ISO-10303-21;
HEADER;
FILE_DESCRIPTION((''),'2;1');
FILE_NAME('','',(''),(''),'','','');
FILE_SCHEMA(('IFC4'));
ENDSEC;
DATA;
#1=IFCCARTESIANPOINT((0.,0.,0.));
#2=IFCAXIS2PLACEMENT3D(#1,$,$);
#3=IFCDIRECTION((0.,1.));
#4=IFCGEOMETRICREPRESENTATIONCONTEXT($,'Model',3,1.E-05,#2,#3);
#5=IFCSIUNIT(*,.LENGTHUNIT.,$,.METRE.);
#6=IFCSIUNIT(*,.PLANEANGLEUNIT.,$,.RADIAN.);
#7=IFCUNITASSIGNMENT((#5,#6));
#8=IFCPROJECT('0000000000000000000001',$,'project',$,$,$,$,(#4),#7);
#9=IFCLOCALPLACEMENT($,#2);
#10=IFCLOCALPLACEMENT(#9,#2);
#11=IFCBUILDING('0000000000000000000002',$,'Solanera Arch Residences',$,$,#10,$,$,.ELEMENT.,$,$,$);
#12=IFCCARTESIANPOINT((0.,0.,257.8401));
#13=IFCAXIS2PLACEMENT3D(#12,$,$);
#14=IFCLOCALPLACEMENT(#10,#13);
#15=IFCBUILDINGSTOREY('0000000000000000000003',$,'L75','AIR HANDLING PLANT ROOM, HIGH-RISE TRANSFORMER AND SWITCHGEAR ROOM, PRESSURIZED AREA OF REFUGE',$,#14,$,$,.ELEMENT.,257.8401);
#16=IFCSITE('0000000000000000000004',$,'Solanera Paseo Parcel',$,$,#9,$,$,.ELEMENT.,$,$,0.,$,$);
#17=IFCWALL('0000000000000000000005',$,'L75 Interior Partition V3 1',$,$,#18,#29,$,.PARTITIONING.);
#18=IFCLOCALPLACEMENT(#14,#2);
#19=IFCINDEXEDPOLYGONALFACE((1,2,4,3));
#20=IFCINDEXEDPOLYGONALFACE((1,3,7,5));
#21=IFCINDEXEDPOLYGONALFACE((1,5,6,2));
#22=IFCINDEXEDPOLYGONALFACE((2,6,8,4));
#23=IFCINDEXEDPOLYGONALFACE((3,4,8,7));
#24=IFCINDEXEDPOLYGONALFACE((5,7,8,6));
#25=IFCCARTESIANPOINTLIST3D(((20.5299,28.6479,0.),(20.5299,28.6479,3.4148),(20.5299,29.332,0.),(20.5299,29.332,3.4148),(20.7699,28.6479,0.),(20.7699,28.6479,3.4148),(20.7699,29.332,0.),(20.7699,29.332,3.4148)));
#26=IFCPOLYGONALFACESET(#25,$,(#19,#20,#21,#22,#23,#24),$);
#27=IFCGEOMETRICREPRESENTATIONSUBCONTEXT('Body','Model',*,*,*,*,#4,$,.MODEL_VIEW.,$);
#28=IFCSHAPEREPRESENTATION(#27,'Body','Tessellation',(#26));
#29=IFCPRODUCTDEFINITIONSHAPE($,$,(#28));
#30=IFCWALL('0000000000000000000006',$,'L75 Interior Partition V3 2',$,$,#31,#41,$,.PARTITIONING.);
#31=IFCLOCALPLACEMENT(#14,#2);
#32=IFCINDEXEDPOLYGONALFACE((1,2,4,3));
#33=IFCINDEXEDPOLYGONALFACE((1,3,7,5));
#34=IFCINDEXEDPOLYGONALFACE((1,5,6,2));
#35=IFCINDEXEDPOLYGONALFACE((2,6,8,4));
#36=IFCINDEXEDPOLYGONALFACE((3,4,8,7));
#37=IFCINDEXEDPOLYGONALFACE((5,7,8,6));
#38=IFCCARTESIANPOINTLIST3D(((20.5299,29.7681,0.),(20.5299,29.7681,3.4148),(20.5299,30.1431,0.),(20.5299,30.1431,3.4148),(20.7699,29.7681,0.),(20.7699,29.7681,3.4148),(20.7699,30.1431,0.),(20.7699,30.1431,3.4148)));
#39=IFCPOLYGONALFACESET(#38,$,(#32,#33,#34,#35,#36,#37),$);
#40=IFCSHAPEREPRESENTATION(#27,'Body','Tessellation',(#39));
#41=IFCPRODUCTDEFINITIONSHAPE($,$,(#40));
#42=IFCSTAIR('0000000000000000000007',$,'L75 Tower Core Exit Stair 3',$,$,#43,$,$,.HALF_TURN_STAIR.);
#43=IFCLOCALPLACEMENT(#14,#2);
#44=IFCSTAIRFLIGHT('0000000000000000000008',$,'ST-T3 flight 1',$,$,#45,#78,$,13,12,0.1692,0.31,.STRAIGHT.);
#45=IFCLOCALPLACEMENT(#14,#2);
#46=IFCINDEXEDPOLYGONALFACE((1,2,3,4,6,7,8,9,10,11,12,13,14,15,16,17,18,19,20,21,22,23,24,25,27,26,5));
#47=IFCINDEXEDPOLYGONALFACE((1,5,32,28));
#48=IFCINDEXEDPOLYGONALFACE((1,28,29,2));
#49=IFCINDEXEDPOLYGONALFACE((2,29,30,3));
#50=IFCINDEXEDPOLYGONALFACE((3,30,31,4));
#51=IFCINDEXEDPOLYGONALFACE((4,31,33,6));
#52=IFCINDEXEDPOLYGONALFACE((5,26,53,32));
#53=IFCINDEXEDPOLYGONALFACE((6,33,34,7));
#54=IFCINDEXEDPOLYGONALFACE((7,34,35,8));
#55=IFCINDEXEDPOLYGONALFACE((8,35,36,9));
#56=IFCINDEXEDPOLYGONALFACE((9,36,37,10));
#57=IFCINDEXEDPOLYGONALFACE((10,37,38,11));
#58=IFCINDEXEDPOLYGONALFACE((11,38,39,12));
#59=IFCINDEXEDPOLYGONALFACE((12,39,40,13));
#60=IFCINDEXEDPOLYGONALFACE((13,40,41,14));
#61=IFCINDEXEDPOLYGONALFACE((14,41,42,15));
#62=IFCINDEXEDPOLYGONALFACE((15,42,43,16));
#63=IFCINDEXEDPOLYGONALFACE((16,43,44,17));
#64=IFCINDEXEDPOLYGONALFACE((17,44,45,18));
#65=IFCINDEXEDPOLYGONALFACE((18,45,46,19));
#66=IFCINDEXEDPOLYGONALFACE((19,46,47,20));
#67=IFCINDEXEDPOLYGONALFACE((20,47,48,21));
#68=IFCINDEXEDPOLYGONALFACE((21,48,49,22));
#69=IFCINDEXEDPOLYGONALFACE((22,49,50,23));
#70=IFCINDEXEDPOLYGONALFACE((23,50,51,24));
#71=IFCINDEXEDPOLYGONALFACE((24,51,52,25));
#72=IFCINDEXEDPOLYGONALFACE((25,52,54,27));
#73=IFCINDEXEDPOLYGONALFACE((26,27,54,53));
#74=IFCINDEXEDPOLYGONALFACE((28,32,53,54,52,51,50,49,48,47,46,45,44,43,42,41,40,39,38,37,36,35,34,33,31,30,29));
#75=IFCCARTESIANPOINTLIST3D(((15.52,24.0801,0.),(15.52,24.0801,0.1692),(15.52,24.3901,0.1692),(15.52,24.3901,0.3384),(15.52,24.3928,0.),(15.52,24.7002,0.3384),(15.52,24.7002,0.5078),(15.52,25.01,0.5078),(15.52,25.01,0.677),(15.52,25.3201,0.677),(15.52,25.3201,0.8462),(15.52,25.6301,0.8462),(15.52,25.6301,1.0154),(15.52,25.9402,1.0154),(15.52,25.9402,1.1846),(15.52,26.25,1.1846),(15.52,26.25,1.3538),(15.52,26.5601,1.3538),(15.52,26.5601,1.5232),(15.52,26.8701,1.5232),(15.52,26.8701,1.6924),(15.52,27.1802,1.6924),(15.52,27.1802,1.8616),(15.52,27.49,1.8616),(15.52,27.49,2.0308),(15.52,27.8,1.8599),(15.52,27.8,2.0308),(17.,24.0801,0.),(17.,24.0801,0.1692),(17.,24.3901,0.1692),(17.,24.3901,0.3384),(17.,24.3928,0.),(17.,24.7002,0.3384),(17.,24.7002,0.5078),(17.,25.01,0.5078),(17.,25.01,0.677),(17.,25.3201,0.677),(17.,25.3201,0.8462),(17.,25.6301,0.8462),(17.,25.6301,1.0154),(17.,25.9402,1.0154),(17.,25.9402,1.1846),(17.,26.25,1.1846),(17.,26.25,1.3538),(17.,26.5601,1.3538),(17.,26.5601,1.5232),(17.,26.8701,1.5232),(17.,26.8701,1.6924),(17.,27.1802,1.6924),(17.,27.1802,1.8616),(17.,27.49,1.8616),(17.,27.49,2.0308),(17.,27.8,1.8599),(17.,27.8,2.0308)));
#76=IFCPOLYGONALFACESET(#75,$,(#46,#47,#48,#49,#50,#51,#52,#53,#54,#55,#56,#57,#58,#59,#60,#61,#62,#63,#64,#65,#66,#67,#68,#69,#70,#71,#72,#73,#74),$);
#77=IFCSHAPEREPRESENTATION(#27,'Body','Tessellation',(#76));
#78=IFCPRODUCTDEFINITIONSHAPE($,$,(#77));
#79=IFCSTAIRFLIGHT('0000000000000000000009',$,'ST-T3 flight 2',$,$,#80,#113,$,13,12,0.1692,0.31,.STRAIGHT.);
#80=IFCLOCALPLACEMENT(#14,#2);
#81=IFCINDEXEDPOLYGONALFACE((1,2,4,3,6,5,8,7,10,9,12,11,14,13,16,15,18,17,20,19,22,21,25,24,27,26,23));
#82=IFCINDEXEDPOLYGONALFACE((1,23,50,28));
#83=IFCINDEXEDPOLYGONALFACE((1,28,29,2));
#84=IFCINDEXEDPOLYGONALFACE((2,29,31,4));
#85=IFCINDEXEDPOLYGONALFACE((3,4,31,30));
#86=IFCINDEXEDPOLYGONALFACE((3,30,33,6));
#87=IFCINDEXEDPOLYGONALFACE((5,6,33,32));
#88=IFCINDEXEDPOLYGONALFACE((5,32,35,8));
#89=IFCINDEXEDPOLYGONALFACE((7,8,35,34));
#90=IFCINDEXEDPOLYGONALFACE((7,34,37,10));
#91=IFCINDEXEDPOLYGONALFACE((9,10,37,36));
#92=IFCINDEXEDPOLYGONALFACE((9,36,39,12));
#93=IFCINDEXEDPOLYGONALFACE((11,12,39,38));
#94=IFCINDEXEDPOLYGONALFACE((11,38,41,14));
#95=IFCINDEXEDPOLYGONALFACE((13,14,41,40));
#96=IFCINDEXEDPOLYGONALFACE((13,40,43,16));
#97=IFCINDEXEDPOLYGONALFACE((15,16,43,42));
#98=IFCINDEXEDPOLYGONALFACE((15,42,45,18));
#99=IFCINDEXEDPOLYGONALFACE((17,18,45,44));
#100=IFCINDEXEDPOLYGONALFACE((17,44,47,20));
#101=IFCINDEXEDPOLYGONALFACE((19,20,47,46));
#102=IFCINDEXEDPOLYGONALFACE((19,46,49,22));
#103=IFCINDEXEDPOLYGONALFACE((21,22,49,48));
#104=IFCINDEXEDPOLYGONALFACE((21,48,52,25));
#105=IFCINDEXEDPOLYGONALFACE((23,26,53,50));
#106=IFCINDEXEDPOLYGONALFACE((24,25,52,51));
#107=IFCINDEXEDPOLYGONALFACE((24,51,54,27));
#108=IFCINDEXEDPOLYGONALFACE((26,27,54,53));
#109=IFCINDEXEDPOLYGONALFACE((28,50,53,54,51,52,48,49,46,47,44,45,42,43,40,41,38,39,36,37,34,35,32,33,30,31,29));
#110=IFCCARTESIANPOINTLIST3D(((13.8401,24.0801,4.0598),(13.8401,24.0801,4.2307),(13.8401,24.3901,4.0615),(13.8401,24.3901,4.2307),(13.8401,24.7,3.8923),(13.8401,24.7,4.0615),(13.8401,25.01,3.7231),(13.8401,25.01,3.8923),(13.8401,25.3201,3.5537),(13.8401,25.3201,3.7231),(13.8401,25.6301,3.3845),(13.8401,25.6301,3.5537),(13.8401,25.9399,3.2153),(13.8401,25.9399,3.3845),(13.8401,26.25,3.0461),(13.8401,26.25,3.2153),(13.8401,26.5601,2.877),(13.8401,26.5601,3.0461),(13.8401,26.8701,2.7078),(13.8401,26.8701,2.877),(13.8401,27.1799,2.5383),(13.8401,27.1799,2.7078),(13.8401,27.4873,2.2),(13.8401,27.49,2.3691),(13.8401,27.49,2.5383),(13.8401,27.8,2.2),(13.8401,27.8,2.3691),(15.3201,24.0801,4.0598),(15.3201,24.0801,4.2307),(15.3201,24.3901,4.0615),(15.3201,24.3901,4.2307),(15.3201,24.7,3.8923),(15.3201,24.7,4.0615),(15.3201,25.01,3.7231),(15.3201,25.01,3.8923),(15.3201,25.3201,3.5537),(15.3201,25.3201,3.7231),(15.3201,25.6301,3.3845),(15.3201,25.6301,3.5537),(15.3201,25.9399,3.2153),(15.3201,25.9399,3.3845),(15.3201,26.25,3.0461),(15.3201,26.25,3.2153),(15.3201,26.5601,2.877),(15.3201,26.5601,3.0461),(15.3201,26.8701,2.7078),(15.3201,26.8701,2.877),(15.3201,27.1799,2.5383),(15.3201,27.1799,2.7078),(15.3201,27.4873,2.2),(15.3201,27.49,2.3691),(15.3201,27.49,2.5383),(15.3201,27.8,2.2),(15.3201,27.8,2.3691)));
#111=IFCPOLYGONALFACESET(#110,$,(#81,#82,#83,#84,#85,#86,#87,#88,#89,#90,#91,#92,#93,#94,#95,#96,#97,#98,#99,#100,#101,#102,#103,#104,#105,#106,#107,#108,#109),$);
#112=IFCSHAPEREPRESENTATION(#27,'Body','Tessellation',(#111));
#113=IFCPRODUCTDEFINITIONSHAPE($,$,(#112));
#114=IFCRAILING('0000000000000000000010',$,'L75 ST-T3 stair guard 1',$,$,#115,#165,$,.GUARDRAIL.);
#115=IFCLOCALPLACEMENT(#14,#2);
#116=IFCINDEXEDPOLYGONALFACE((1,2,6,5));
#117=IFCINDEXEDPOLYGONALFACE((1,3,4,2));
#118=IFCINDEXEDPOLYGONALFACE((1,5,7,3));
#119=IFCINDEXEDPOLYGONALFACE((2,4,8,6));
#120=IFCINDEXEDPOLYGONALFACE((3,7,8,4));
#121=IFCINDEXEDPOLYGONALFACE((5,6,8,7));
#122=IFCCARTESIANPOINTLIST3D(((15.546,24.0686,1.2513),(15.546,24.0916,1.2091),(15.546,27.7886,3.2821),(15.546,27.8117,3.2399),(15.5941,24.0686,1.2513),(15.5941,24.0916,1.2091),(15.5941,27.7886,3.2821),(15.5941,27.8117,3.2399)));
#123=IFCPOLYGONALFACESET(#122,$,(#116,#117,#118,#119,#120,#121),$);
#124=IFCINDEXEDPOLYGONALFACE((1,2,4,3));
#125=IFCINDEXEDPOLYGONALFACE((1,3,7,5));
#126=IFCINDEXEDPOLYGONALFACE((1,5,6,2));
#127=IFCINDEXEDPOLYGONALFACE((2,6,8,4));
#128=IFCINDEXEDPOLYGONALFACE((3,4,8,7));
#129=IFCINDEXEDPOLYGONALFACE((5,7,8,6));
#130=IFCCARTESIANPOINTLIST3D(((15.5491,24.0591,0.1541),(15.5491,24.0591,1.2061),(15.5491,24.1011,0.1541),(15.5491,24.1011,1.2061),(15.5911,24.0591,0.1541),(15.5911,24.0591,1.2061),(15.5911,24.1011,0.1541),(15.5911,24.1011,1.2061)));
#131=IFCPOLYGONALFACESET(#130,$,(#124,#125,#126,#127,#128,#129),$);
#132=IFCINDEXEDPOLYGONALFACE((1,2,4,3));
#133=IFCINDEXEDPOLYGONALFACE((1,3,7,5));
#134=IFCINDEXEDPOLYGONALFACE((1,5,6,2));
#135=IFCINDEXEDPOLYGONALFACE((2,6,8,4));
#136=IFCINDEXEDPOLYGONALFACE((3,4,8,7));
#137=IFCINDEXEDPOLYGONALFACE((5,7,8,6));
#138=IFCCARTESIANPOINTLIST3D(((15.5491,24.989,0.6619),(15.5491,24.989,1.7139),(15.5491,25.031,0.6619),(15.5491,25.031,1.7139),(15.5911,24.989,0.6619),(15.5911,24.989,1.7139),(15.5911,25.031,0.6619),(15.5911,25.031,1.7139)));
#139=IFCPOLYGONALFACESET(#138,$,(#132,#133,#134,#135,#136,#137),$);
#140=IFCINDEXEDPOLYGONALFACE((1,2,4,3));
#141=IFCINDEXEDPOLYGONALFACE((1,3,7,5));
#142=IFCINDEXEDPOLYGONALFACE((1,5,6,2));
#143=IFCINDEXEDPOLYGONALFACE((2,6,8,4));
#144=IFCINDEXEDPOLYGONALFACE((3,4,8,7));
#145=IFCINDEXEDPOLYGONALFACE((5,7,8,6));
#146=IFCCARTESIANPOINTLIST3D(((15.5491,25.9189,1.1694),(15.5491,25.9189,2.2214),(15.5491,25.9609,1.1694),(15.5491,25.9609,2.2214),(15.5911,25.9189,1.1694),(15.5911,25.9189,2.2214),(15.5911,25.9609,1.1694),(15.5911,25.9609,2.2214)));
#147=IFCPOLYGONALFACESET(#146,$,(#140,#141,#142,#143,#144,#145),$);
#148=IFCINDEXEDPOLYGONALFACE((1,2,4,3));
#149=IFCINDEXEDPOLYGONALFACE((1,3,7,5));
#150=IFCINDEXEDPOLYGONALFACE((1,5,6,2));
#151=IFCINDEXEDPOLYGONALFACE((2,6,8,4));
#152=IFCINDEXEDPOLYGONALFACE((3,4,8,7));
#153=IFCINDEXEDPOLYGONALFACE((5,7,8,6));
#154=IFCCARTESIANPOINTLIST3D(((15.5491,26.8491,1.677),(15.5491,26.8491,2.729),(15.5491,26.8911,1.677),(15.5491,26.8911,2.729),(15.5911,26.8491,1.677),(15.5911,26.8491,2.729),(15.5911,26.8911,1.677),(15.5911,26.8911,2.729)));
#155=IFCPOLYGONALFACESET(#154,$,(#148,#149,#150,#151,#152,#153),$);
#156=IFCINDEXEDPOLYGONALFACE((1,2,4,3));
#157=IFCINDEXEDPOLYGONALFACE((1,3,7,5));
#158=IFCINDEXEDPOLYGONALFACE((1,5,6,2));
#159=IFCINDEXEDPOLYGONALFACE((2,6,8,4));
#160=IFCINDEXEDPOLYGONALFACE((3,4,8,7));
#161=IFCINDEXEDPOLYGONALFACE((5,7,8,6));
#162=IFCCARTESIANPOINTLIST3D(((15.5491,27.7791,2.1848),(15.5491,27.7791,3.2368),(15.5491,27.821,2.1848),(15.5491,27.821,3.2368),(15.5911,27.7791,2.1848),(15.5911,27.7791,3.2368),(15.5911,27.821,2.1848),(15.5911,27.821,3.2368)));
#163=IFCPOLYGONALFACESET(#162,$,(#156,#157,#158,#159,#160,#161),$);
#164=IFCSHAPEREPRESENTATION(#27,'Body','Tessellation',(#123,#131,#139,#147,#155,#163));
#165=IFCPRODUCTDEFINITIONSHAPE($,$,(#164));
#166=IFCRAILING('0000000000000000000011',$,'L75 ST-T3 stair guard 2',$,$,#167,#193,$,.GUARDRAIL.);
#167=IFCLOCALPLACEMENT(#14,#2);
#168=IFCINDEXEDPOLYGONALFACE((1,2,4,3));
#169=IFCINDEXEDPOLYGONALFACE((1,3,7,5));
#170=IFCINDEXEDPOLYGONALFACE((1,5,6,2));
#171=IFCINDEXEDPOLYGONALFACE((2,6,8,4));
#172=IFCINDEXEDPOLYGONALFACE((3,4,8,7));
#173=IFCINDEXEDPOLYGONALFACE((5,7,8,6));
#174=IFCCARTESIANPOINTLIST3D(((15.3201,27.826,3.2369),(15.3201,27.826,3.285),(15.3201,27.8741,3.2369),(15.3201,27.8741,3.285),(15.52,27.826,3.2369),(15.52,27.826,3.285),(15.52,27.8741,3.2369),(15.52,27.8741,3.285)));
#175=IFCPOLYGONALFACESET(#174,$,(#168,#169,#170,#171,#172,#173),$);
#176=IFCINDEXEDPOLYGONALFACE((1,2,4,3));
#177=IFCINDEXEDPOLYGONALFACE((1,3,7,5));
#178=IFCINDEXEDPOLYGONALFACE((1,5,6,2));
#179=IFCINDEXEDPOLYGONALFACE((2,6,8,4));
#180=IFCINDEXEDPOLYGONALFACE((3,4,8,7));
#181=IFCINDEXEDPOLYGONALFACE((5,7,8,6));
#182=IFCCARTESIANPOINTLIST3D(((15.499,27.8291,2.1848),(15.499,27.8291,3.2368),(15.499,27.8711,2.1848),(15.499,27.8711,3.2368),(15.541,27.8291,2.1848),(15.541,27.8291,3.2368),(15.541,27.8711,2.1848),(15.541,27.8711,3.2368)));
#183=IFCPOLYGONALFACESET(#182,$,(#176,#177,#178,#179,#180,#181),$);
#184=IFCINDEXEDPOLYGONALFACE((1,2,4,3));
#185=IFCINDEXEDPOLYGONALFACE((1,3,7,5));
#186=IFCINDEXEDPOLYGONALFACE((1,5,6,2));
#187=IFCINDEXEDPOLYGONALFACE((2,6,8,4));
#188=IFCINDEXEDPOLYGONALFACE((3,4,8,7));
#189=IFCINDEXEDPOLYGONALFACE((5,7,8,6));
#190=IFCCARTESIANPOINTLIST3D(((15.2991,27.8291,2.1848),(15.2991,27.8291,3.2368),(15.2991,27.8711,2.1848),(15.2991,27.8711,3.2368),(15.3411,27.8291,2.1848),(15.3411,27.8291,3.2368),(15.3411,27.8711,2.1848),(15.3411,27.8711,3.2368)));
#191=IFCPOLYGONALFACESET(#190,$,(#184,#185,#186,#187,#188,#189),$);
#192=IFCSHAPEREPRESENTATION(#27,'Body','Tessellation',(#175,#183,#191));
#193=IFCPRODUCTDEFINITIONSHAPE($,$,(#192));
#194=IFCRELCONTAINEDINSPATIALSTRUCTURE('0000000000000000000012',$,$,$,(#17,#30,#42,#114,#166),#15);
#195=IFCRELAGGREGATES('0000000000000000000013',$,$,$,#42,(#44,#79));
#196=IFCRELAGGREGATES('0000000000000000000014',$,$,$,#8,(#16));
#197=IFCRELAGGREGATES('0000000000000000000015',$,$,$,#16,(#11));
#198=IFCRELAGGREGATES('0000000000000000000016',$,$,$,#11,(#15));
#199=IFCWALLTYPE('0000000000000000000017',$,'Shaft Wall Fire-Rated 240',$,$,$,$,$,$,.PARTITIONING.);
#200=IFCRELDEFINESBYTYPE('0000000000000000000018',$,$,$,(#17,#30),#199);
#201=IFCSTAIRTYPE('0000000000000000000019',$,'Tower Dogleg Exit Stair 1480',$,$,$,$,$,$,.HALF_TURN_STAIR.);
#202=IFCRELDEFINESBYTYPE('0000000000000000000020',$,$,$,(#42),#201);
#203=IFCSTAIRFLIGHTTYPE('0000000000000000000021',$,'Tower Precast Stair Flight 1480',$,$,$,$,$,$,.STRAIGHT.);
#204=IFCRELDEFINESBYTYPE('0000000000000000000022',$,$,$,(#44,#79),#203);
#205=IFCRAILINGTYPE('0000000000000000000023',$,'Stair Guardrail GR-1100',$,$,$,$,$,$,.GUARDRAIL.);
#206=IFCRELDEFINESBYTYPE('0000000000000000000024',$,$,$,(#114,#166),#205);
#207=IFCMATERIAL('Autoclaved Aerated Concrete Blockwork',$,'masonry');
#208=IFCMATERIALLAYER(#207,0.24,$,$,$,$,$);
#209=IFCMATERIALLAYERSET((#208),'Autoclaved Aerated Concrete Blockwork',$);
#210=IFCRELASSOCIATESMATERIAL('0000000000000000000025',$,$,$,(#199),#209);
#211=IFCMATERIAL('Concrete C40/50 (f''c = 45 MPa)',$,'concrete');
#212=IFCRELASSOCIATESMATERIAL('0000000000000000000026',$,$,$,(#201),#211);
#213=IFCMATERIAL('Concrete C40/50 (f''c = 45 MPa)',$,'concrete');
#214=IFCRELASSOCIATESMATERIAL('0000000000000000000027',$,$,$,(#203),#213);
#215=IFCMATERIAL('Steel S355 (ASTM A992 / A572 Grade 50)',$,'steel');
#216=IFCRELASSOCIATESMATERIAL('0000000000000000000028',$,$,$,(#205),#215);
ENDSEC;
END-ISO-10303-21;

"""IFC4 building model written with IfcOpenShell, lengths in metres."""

from ifc_helpers import new_model, si_unit, direction, frame, frame_2d, origin, origin_2d, place, context, subcontext, project, spatial, polyline, rectangle, outline, extrude, material, layer, layer_set, type_object, element, aggregate, save


model = new_model("IFC4")

# Units and contexts
model_context = context("Model", 3, precision=1e-05, world=origin(), true_north=direction((0.0, 1.0)))
body_context = subcontext(model_context, "Body", "Model", "MODEL_VIEW")
ifc_project = project(units=[si_unit("LENGTHUNIT", "METRE"), si_unit("PLANEANGLEUNIT", "RADIAN")], contexts=[model_context])

# Site, building, storey
site_placement = place(None, origin())
site = spatial("IfcSite", under=ifc_project, at=site_placement, Name="Solanera Paseo Parcel", CompositionType="ELEMENT", RefElevation=0.0)
building_placement = place(site_placement, origin())
building = spatial("IfcBuilding", under=site, at=building_placement, Name="Solanera Arch Residences", CompositionType="ELEMENT")
storey_placement = place(building_placement, frame((0.0, 0.0, 257.8401)))
storey = spatial("IfcBuildingStorey", under=building, at=storey_placement, Name="L75", Description="AIR HANDLING PLANT ROOM, HIGH-RISE TRANSFORMER AND SWITCHGEAR ROOM, PRESSURIZED AREA OF REFUGE", CompositionType="ELEMENT", Elevation=257.8401)

# Shared definitions
ifc_material_1 = material(Name="Autoclaved Aerated Concrete Blockwork", Category="masonry")
ifc_layer_1 = layer(ifc_material_1, 0.24)
ifc_layer_set_1 = layer_set([ifc_layer_1], Name="Autoclaved Aerated Concrete Blockwork")
wall_type_1 = type_object("IfcWallType", Name="Shaft Wall Fire-Rated 240", PredefinedType="PARTITIONING", material=ifc_layer_set_1)

# Walls
wall_1_placement = place(storey_placement, frame((20.6499, 28.6479, 0.0), z_axis=(0.0, 0.0, 1.0), x_axis=(0.0, 1.0, 0.0)))
element("IfcWall", 1, at=wall_1_placement, inside=storey, type_object=wall_type_1, Name="L75 Interior Partition V3 1", PredefinedType="PARTITIONING", context=body_context, shape_type="SweptSolid", body=[
    extrude(rectangle(XDim=0.6841, YDim=0.24, at=frame_2d((0.342, 0.0))), origin(), (0.0, 0.0, 1.0), 3.4148),
])
wall_2_placement = place(storey_placement, frame((20.6499, 29.7681, 0.0), z_axis=(0.0, 0.0, 1.0), x_axis=(0.0, 1.0, 0.0)))
element("IfcWall", 2, at=wall_2_placement, inside=storey, type_object=wall_type_1, Name="L75 Interior Partition V3 2", PredefinedType="PARTITIONING", context=body_context, shape_type="SweptSolid", body=[
    extrude(rectangle(XDim=0.375, YDim=0.24, at=frame_2d((0.1875, 0.0))), origin(), (0.0, 0.0, 1.0), 3.4148),
])

# Stair, stair flights
ifc_material_2 = material(Name="Concrete C40/50 (f'c = 45 MPa)", Category="concrete")
stair_type = type_object("IfcStairType", Name="Tower Dogleg Exit Stair 1480", PredefinedType="HALF_TURN_STAIR", material=ifc_material_2)
stair_placement = place(storey_placement, origin())
stair = element("IfcStair", 3, at=stair_placement, inside=storey, type_object=stair_type, Name="L75 Tower Core Exit Stair 3", PredefinedType="HALF_TURN_STAIR")
ifc_material_3 = material(Name="Concrete C40/50 (f'c = 45 MPa)", Category="concrete")
stair_flight_type = type_object("IfcStairFlightType", Name="Tower Precast Stair Flight 1480", PredefinedType="STRAIGHT", material=ifc_material_3)
stair_flight_1_placement = place(storey_placement, frame((16.26, 24.0801, 0.0), z_axis=(0.0, 0.0, 1.0), x_axis=(0.0, 1.0, 0.0)))
stair_flight_1 = element("IfcStairFlight", 4, at=stair_flight_1_placement, type_object=stair_flight_type, Name="ST-T3 flight 1", NumberOfRisers=13, NumberOfTreads=12, PredefinedType="STRAIGHT", RiserHeight=0.1692, TreadLength=0.31, context=body_context, shape_type="SweptSolid", body=[
    extrude(outline(polyline([(0.0, 0.0), (0.0, 0.1692), (0.3101, 0.1692), (0.3101, 0.3384), (0.6201, 0.3384), (0.6201, 0.5078), (0.9299, 0.5078), (0.9299, 0.677), (1.24, 0.677), (1.24, 0.8462), (1.55, 0.8462), (1.55, 1.0154), (1.8601, 1.0154), (1.8601, 1.1846), (2.1699, 1.1846), (2.1699, 1.3538), (2.48, 1.3538), (2.48, 1.5232), (2.79, 1.5232), (2.79, 1.6924), (3.1001, 1.6924), (3.1001, 1.8616), (3.4099, 1.8616), (3.4099, 2.0308), (3.72, 2.0308), (3.72, 2.2), (3.72, 1.8599), (0.3127, 0.0), (0.0, 0.0)])), frame((0.0, 0.74, 0.0), z_axis=(0.0, -1.0, 0.0), x_axis=(1.0, 0.0, 0.0)), (0.0, 0.0, 1.0), 1.48),
])
stair_flight_2_placement = place(storey_placement, frame((14.5801, 27.8, 2.2), z_axis=(0.0, 0.0, 1.0), x_axis=(0.0, -1.0, 0.0)))
stair_flight_2 = element("IfcStairFlight", 5, at=stair_flight_2_placement, type_object=stair_flight_type, Name="ST-T3 flight 2", NumberOfRisers=13, NumberOfTreads=12, PredefinedType="STRAIGHT", RiserHeight=0.1692, TreadLength=0.31, context=body_context, shape_type="SweptSolid", body=[
    extrude(outline(polyline([(0.0, 0.0), (0.0, 0.1692), (0.3101, 0.1692), (0.3101, 0.3384), (0.6201, 0.3384), (0.6201, 0.5078), (0.9299, 0.5078), (0.9299, 0.677), (1.24, 0.677), (1.24, 0.8462), (1.55, 0.8462), (1.55, 1.0154), (1.8601, 1.0154), (1.8601, 1.1846), (2.1699, 1.1846), (2.1699, 1.3538), (2.48, 1.3538), (2.48, 1.5232), (2.79, 1.5232), (2.79, 1.6924), (3.1001, 1.6924), (3.1001, 1.8616), (3.4099, 1.8616), (3.4099, 2.0308), (3.72, 2.0308), (3.72, 2.2), (3.72, 1.8599), (0.3127, 0.0), (0.0, 0.0)])), frame((0.0, 0.74, 0.0), z_axis=(0.0, -1.0, 0.0), x_axis=(1.0, 0.0, 0.0)), (0.0, 0.0, 1.0), 1.48),
])
aggregate(stair, [stair_flight_1, stair_flight_2])

# Railings
ifc_material_4 = material(Name="Steel S355 (ASTM A992 / A572 Grade 50)", Category="steel")
railing_type_1 = type_object("IfcRailingType", Name="Stair Guardrail GR-1100", PredefinedType="GUARDRAIL", material=ifc_material_4)
railing_1_placement = place(storey_placement, frame((15.5701, 24.0801, 0.1541)))
element("IfcRailing", 6, at=railing_1_placement, inside=storey, type_object=railing_type_1, Name="L75 ST-T3 stair guard 1", PredefinedType="GUARDRAIL", context=body_context, shape_type="SweptSolid", body=[
    extrude(rectangle(XDim=0.0481, YDim=0.0481, at=origin_2d()), frame((0.0, 0.0, 1.0762), z_axis=(0.0, 0.877728, 0.479159), x_axis=(-1.0, 0.0, 0.0)), (0.0, 0.0, 1.0), 4.2383),
    extrude(rectangle(XDim=0.042, YDim=0.042, at=origin_2d()), origin(), (0.0, 0.0, 1.0), 1.052),
    extrude(rectangle(XDim=0.042, YDim=0.042, at=origin_2d()), frame((0.0, 0.9299, 0.5078)), (0.0, 0.0, 1.0), 1.052),
    extrude(rectangle(XDim=0.042, YDim=0.042, at=origin_2d()), frame((0.0, 1.8599, 1.0154)), (0.0, 0.0, 1.0), 1.052),
    extrude(rectangle(XDim=0.042, YDim=0.042, at=origin_2d()), frame((0.0, 2.79, 1.5229)), (0.0, 0.0, 1.0), 1.052),
    extrude(rectangle(XDim=0.042, YDim=0.042, at=origin_2d()), frame((0.0, 3.72, 2.0308)), (0.0, 0.0, 1.0), 1.052),
])
railing_2_placement = place(storey_placement, frame((15.52, 27.8501, 2.1848)))
element("IfcRailing", 7, at=railing_2_placement, inside=storey, type_object=railing_type_1, Name="L75 ST-T3 stair guard 2", PredefinedType="GUARDRAIL", context=body_context, shape_type="SweptSolid", body=[
    extrude(rectangle(XDim=0.0481, YDim=0.0481, at=origin_2d()), frame((0.0, 0.0, 1.0762), z_axis=(-1.0, 0.0, 0.0), x_axis=(0.0, -1.0, 0.0)), (0.0, 0.0, 1.0), 0.2),
    extrude(rectangle(XDim=0.042, YDim=0.042, at=origin_2d()), origin(), (0.0, 0.0, 1.0), 1.052),
    extrude(rectangle(XDim=0.042, YDim=0.042, at=origin_2d()), frame((-0.2, 0.0, 0.0)), (0.0, 0.0, 1.0), 1.052),
])

save(model, "model.ifc")
